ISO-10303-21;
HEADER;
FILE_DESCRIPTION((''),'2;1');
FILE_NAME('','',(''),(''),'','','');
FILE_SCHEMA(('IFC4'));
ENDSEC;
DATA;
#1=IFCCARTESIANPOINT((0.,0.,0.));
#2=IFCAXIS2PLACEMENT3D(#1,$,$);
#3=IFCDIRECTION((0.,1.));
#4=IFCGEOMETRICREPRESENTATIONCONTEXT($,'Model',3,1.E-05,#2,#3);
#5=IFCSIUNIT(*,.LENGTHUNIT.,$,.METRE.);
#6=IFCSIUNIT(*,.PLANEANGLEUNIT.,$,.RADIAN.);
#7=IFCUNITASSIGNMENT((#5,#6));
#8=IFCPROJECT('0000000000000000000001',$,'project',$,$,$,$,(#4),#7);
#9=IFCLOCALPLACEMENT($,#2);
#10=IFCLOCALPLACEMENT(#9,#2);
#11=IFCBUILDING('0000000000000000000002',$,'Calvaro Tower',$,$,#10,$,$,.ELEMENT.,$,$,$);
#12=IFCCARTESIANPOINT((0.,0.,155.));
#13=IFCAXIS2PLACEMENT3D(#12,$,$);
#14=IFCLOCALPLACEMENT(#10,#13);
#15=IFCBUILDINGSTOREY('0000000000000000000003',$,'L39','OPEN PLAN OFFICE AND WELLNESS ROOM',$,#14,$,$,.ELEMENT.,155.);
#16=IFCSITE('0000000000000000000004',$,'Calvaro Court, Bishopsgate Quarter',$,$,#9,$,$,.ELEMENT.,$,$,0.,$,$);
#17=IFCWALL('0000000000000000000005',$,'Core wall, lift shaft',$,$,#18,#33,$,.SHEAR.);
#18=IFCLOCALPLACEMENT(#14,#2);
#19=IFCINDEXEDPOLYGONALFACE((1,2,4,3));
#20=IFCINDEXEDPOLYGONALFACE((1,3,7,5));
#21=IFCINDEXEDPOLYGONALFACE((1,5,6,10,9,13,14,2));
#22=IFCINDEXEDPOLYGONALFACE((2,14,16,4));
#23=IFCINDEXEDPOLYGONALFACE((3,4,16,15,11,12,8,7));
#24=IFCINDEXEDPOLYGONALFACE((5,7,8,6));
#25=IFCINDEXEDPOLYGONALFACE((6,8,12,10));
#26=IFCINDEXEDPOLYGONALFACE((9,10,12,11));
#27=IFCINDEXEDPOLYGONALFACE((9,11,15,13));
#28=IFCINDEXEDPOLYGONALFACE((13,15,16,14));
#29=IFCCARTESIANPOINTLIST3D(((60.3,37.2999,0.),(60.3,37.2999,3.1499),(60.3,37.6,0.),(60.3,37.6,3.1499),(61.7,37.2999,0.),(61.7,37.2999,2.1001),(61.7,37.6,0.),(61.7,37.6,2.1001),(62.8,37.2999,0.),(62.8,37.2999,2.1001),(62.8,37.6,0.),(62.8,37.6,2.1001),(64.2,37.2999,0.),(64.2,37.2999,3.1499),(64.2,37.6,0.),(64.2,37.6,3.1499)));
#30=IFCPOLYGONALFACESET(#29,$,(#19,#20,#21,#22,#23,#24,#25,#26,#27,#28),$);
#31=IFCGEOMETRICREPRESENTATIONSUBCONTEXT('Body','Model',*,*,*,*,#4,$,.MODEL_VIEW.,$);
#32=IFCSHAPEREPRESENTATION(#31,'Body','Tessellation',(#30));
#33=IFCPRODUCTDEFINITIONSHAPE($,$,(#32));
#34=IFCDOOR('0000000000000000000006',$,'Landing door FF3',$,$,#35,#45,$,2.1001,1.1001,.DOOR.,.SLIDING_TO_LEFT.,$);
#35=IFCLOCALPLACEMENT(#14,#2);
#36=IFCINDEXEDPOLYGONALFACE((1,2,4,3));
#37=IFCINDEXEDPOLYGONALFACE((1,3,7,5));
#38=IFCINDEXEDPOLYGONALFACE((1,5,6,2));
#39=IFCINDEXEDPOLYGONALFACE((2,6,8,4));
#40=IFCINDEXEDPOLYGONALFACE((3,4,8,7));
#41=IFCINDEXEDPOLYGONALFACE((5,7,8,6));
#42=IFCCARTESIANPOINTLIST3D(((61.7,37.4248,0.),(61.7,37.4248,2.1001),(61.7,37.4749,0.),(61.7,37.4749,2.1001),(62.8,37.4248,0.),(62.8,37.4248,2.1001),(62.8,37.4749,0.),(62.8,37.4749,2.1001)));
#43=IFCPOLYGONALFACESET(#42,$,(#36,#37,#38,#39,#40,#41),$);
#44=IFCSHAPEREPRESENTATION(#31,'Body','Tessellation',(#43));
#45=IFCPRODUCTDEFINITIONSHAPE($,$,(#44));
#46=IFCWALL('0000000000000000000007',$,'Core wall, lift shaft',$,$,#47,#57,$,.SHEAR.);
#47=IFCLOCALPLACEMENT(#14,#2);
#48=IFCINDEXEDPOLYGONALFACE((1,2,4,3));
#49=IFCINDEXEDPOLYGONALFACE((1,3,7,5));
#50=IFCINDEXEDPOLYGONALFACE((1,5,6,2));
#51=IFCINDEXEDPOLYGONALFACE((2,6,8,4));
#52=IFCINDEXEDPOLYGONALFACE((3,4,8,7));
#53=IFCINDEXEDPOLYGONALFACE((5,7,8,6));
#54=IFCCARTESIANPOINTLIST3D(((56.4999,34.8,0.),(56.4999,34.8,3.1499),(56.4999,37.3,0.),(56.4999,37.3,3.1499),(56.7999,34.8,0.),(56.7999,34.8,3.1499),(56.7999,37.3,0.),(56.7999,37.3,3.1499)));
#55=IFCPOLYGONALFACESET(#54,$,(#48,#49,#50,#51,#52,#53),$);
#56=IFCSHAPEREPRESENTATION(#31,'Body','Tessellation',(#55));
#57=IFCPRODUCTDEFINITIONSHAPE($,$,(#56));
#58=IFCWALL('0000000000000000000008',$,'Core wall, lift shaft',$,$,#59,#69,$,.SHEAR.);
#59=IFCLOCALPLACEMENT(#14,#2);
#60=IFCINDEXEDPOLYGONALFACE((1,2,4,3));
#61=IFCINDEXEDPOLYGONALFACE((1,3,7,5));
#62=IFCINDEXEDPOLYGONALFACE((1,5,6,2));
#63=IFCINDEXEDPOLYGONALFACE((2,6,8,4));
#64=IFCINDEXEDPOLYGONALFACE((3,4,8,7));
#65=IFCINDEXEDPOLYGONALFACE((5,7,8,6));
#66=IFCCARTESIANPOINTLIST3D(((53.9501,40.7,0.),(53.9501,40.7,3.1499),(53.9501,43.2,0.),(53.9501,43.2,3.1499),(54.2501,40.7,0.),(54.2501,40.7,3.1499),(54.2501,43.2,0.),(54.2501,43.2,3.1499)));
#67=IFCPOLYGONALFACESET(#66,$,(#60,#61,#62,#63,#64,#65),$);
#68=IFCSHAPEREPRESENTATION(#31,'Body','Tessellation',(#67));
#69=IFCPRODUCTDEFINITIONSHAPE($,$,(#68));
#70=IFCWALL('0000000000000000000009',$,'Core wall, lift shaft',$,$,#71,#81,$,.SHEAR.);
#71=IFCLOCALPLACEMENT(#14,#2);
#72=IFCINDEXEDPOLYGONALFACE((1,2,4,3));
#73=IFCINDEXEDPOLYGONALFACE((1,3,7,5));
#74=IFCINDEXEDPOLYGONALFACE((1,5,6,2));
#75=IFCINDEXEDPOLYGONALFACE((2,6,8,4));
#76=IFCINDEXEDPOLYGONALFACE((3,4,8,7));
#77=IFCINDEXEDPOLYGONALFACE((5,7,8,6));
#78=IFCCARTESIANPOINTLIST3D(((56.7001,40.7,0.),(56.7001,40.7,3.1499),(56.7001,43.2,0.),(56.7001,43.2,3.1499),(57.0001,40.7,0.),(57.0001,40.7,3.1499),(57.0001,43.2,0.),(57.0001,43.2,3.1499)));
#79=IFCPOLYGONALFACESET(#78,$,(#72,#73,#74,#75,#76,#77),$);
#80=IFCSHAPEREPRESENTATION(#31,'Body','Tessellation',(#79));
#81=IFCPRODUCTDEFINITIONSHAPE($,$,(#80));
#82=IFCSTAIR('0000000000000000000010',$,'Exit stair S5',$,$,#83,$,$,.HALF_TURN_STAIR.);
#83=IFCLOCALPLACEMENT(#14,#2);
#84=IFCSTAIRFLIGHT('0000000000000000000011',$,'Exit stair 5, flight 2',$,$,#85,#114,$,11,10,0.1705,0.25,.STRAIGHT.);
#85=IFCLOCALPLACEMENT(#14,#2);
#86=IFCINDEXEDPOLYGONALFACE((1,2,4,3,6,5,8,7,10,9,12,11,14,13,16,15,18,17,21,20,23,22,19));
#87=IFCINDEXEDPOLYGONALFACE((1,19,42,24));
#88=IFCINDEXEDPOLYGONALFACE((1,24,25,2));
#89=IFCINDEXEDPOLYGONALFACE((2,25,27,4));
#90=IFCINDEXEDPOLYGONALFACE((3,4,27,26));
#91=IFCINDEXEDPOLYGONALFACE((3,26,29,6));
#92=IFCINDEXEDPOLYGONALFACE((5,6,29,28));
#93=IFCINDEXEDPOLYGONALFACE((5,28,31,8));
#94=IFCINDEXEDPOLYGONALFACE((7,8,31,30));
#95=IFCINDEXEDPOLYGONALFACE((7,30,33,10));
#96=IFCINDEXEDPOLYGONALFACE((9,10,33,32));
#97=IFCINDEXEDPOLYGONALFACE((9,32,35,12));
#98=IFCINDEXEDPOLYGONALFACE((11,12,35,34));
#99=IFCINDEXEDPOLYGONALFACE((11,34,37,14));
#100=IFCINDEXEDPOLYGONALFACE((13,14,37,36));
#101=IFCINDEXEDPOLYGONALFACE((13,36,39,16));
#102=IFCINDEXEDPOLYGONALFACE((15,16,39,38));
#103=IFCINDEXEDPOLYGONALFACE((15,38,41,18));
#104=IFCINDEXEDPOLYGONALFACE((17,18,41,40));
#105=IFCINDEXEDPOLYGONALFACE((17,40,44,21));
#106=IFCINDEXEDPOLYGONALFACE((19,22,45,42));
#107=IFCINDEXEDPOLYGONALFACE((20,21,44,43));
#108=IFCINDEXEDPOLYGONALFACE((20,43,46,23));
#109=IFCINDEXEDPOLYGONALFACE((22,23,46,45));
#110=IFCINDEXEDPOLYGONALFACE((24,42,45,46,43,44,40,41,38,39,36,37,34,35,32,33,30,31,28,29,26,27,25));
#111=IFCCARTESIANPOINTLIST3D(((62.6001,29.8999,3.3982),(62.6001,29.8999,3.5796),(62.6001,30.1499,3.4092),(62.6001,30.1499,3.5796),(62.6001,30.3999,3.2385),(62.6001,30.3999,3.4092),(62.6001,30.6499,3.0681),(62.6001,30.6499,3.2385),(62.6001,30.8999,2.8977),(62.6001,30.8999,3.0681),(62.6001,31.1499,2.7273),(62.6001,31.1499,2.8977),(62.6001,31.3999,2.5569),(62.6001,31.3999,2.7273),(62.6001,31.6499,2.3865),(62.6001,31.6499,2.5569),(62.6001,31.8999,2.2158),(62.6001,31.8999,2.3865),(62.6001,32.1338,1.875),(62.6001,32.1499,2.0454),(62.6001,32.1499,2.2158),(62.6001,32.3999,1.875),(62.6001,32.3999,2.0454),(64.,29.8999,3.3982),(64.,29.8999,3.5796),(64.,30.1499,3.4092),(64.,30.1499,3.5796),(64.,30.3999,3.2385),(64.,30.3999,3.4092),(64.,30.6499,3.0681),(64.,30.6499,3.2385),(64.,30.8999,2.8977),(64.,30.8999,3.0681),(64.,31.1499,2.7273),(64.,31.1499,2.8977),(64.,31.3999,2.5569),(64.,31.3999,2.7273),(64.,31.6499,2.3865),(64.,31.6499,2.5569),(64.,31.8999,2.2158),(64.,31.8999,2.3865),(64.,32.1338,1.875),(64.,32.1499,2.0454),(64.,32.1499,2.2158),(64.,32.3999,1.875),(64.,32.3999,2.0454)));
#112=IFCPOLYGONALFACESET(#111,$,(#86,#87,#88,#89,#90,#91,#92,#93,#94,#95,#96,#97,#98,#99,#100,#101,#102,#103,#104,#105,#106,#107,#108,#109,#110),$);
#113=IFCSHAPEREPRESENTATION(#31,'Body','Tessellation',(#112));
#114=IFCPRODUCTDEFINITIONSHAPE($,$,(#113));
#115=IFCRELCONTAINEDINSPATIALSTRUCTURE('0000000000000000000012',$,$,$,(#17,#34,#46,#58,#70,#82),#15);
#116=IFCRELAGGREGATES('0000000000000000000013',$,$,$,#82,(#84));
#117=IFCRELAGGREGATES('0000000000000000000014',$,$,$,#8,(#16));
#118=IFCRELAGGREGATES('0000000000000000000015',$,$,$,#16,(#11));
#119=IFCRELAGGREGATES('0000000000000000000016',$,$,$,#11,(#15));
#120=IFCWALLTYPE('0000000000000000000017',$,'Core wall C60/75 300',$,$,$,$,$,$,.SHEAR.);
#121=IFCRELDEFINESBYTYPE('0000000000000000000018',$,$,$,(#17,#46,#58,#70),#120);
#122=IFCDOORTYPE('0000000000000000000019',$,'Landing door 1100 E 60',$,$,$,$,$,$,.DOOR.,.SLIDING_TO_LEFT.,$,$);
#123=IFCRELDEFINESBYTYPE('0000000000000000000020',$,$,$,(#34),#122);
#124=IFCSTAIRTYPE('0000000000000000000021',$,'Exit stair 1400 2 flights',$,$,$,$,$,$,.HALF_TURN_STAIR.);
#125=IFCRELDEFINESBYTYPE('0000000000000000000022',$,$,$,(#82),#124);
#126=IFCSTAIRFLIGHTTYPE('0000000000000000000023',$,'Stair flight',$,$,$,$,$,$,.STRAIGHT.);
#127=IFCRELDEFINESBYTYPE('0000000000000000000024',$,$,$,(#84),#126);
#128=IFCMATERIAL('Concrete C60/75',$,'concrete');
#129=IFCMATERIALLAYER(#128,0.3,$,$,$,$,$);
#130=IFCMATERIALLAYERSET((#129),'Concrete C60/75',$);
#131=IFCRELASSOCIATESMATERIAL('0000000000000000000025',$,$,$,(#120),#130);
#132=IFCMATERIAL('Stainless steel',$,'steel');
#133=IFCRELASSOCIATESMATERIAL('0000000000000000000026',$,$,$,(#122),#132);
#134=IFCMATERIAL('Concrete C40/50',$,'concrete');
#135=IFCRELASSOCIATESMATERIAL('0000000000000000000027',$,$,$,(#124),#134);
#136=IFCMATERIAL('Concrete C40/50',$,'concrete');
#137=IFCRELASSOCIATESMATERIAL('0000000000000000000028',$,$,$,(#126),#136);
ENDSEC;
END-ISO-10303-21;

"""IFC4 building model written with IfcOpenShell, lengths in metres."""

from ifc_helpers import new_model, si_unit, direction, frame, frame_2d, origin, place, context, subcontext, project, spatial, polyline, rectangle, outline, extrude, material, layer, layer_set, type_object, element, fill, aggregate, save


model = new_model("IFC4")

# Units and contexts
model_context = context("Model", 3, precision=1e-05, world=origin(), true_north=direction((0.0, 1.0)))
body_context = subcontext(model_context, "Body", "Model", "MODEL_VIEW")
ifc_project = project(units=[si_unit("LENGTHUNIT", "METRE"), si_unit("PLANEANGLEUNIT", "RADIAN")], contexts=[model_context])

# Site, building, storey
site_placement = place(None, origin())
site = spatial("IfcSite", under=ifc_project, at=site_placement, Name="Calvaro Court, Bishopsgate Quarter", CompositionType="ELEMENT", RefElevation=0.0)
building_placement = place(site_placement, origin())
building = spatial("IfcBuilding", under=site, at=building_placement, Name="Calvaro Tower", CompositionType="ELEMENT")
storey_placement = place(building_placement, frame((0.0, 0.0, 155.0)))
storey = spatial("IfcBuildingStorey", under=building, at=storey_placement, Name="L39", Description="OPEN PLAN OFFICE AND WELLNESS ROOM", CompositionType="ELEMENT", Elevation=155.0)

# Shared definitions
ifc_material_1 = material(Name="Concrete C60/75", Category="concrete")
ifc_layer_1 = layer(ifc_material_1, 0.3)
ifc_layer_set_1 = layer_set([ifc_layer_1], Name="Concrete C60/75")
wall_type_1 = type_object("IfcWallType", Name="Core wall C60/75 300", PredefinedType="SHEAR", material=ifc_layer_set_1)

# Wall, opening, door
wall_1_placement = place(storey_placement, frame((60.3, 37.45, 0.0), z_axis=(0.0, 0.0, 1.0), x_axis=(1.0, 0.0, 0.0)))
wall_1 = element("IfcWall", 1, at=wall_1_placement, inside=storey, type_object=wall_type_1, Name="Core wall, lift shaft", PredefinedType="SHEAR", context=body_context, shape_type="SweptSolid", body=[
    extrude(rectangle(XDim=3.8999, YDim=0.3, at=frame_2d((1.95, 0.0))), origin(), (0.0, 0.0, 1.0), 3.1499),
])
opening_1_placement = place(wall_1_placement, frame((1.3999, 0.0, 0.0)))
opening_1 = element("IfcOpeningElement", 2, at=opening_1_placement, cuts=wall_1, PredefinedType="OPENING", context=body_context, shape_type="SweptSolid", body=[
    extrude(rectangle(XDim=1.1001, YDim=2.1001, at=frame_2d((0.55, 1.05))), frame((0.0, 0.1599, 0.0), z_axis=(0.0, -1.0, 0.0), x_axis=(1.0, 0.0, 0.0)), (0.0, 0.0, 1.0), 0.3201),
])
ifc_material_2 = material(Name="Stainless steel", Category="steel")
door_type_1 = type_object("IfcDoorType", Name="Landing door 1100 E 60", OperationType="SLIDING_TO_LEFT", PredefinedType="DOOR", material=ifc_material_2)
door_1_placement = place(opening_1_placement, origin())
door_1 = element("IfcDoor", 3, at=door_1_placement, inside=storey, type_object=door_type_1, Name="Landing door FF3", OperationType="SLIDING_TO_LEFT", OverallHeight=2.1001, OverallWidth=1.1001, PredefinedType="DOOR", context=body_context, shape_type="SweptSolid", body=[
    extrude(rectangle(XDim=1.1001, YDim=2.1001, at=frame_2d((0.55, 1.05))), frame((0.0, 0.0249, 0.0), z_axis=(0.0, -1.0, 0.0), x_axis=(1.0, 0.0, 0.0)), (0.0, 0.0, 1.0), 0.05),
])
fill(opening_1, door_1)

# Walls
for number, where, z_axis, x_axis, name in (
    (4, (56.6499, 34.8, 0.0), (0.0, 0.0, 1.0), (0.0, 1.0, 0.0), "Core wall, lift shaft"),
    (5, (54.1001, 40.7, 0.0), (0.0, 0.0, 1.0), (0.0, 1.0, 0.0), "Core wall, lift shaft"),
    (6, (56.8501, 40.7, 0.0), (0.0, 0.0, 1.0), (0.0, 1.0, 0.0), "Core wall, lift shaft"),
):
    element("IfcWall", number, at=place(storey_placement, frame(where, z_axis=z_axis, x_axis=x_axis)), inside=storey, type_object=wall_type_1, Name=name, PredefinedType="SHEAR", context=body_context, shape_type="SweptSolid", body=[
        extrude(rectangle(XDim=2.5, YDim=0.3, at=frame_2d((1.25, 0.0))), origin(), (0.0, 0.0, 1.0), 3.1499),
    ])

# Stair, stair flight
ifc_material_3 = material(Name="Concrete C40/50", Category="concrete")
stair_type = type_object("IfcStairType", Name="Exit stair 1400 2 flights", PredefinedType="HALF_TURN_STAIR", material=ifc_material_3)
stair_placement = place(storey_placement, origin())
stair = element("IfcStair", 7, at=stair_placement, inside=storey, type_object=stair_type, Name="Exit stair S5", PredefinedType="HALF_TURN_STAIR")
ifc_material_4 = material(Name="Concrete C40/50", Category="concrete")
stair_flight_type = type_object("IfcStairFlightType", Name="Stair flight", PredefinedType="STRAIGHT", material=ifc_material_4)
stair_flight_placement = place(storey_placement, frame((63.3, 32.3999, 1.875), z_axis=(0.0, 0.0, 1.0), x_axis=(0.0, -1.0, 0.0)))
stair_flight = element("IfcStairFlight", 8, at=stair_flight_placement, type_object=stair_flight_type, Name="Exit stair 5, flight 2", NumberOfRisers=11, NumberOfTreads=10, PredefinedType="STRAIGHT", RiserHeight=0.1705, TreadLength=0.25, context=body_context, shape_type="SweptSolid", body=[
    extrude(outline(polyline([(0.0, 0.0), (0.0, 0.1704), (0.25, 0.1704), (0.25, 0.3408), (0.5, 0.3408), (0.5, 0.5115), (0.75, 0.5115), (0.75, 0.6819), (1.0, 0.6819), (1.0, 0.8523), (1.25, 0.8523), (1.25, 1.0227), (1.5, 1.0227), (1.5, 1.1931), (1.75, 1.1931), (1.75, 1.3635), (2.0, 1.3635), (2.0, 1.5342), (2.25, 1.5342), (2.25, 1.7046), (2.5, 1.7046), (2.5, 1.875), (2.5, 1.5232), (0.2661, 0.0), (0.0, 0.0)])), frame((0.0, 0.7, 0.0), z_axis=(0.0, -1.0, 0.0), x_axis=(1.0, 0.0, 0.0)), (0.0, 0.0, 1.0), 1.3999),
])
aggregate(stair, [stair_flight])

save(model, "model.ifc")
